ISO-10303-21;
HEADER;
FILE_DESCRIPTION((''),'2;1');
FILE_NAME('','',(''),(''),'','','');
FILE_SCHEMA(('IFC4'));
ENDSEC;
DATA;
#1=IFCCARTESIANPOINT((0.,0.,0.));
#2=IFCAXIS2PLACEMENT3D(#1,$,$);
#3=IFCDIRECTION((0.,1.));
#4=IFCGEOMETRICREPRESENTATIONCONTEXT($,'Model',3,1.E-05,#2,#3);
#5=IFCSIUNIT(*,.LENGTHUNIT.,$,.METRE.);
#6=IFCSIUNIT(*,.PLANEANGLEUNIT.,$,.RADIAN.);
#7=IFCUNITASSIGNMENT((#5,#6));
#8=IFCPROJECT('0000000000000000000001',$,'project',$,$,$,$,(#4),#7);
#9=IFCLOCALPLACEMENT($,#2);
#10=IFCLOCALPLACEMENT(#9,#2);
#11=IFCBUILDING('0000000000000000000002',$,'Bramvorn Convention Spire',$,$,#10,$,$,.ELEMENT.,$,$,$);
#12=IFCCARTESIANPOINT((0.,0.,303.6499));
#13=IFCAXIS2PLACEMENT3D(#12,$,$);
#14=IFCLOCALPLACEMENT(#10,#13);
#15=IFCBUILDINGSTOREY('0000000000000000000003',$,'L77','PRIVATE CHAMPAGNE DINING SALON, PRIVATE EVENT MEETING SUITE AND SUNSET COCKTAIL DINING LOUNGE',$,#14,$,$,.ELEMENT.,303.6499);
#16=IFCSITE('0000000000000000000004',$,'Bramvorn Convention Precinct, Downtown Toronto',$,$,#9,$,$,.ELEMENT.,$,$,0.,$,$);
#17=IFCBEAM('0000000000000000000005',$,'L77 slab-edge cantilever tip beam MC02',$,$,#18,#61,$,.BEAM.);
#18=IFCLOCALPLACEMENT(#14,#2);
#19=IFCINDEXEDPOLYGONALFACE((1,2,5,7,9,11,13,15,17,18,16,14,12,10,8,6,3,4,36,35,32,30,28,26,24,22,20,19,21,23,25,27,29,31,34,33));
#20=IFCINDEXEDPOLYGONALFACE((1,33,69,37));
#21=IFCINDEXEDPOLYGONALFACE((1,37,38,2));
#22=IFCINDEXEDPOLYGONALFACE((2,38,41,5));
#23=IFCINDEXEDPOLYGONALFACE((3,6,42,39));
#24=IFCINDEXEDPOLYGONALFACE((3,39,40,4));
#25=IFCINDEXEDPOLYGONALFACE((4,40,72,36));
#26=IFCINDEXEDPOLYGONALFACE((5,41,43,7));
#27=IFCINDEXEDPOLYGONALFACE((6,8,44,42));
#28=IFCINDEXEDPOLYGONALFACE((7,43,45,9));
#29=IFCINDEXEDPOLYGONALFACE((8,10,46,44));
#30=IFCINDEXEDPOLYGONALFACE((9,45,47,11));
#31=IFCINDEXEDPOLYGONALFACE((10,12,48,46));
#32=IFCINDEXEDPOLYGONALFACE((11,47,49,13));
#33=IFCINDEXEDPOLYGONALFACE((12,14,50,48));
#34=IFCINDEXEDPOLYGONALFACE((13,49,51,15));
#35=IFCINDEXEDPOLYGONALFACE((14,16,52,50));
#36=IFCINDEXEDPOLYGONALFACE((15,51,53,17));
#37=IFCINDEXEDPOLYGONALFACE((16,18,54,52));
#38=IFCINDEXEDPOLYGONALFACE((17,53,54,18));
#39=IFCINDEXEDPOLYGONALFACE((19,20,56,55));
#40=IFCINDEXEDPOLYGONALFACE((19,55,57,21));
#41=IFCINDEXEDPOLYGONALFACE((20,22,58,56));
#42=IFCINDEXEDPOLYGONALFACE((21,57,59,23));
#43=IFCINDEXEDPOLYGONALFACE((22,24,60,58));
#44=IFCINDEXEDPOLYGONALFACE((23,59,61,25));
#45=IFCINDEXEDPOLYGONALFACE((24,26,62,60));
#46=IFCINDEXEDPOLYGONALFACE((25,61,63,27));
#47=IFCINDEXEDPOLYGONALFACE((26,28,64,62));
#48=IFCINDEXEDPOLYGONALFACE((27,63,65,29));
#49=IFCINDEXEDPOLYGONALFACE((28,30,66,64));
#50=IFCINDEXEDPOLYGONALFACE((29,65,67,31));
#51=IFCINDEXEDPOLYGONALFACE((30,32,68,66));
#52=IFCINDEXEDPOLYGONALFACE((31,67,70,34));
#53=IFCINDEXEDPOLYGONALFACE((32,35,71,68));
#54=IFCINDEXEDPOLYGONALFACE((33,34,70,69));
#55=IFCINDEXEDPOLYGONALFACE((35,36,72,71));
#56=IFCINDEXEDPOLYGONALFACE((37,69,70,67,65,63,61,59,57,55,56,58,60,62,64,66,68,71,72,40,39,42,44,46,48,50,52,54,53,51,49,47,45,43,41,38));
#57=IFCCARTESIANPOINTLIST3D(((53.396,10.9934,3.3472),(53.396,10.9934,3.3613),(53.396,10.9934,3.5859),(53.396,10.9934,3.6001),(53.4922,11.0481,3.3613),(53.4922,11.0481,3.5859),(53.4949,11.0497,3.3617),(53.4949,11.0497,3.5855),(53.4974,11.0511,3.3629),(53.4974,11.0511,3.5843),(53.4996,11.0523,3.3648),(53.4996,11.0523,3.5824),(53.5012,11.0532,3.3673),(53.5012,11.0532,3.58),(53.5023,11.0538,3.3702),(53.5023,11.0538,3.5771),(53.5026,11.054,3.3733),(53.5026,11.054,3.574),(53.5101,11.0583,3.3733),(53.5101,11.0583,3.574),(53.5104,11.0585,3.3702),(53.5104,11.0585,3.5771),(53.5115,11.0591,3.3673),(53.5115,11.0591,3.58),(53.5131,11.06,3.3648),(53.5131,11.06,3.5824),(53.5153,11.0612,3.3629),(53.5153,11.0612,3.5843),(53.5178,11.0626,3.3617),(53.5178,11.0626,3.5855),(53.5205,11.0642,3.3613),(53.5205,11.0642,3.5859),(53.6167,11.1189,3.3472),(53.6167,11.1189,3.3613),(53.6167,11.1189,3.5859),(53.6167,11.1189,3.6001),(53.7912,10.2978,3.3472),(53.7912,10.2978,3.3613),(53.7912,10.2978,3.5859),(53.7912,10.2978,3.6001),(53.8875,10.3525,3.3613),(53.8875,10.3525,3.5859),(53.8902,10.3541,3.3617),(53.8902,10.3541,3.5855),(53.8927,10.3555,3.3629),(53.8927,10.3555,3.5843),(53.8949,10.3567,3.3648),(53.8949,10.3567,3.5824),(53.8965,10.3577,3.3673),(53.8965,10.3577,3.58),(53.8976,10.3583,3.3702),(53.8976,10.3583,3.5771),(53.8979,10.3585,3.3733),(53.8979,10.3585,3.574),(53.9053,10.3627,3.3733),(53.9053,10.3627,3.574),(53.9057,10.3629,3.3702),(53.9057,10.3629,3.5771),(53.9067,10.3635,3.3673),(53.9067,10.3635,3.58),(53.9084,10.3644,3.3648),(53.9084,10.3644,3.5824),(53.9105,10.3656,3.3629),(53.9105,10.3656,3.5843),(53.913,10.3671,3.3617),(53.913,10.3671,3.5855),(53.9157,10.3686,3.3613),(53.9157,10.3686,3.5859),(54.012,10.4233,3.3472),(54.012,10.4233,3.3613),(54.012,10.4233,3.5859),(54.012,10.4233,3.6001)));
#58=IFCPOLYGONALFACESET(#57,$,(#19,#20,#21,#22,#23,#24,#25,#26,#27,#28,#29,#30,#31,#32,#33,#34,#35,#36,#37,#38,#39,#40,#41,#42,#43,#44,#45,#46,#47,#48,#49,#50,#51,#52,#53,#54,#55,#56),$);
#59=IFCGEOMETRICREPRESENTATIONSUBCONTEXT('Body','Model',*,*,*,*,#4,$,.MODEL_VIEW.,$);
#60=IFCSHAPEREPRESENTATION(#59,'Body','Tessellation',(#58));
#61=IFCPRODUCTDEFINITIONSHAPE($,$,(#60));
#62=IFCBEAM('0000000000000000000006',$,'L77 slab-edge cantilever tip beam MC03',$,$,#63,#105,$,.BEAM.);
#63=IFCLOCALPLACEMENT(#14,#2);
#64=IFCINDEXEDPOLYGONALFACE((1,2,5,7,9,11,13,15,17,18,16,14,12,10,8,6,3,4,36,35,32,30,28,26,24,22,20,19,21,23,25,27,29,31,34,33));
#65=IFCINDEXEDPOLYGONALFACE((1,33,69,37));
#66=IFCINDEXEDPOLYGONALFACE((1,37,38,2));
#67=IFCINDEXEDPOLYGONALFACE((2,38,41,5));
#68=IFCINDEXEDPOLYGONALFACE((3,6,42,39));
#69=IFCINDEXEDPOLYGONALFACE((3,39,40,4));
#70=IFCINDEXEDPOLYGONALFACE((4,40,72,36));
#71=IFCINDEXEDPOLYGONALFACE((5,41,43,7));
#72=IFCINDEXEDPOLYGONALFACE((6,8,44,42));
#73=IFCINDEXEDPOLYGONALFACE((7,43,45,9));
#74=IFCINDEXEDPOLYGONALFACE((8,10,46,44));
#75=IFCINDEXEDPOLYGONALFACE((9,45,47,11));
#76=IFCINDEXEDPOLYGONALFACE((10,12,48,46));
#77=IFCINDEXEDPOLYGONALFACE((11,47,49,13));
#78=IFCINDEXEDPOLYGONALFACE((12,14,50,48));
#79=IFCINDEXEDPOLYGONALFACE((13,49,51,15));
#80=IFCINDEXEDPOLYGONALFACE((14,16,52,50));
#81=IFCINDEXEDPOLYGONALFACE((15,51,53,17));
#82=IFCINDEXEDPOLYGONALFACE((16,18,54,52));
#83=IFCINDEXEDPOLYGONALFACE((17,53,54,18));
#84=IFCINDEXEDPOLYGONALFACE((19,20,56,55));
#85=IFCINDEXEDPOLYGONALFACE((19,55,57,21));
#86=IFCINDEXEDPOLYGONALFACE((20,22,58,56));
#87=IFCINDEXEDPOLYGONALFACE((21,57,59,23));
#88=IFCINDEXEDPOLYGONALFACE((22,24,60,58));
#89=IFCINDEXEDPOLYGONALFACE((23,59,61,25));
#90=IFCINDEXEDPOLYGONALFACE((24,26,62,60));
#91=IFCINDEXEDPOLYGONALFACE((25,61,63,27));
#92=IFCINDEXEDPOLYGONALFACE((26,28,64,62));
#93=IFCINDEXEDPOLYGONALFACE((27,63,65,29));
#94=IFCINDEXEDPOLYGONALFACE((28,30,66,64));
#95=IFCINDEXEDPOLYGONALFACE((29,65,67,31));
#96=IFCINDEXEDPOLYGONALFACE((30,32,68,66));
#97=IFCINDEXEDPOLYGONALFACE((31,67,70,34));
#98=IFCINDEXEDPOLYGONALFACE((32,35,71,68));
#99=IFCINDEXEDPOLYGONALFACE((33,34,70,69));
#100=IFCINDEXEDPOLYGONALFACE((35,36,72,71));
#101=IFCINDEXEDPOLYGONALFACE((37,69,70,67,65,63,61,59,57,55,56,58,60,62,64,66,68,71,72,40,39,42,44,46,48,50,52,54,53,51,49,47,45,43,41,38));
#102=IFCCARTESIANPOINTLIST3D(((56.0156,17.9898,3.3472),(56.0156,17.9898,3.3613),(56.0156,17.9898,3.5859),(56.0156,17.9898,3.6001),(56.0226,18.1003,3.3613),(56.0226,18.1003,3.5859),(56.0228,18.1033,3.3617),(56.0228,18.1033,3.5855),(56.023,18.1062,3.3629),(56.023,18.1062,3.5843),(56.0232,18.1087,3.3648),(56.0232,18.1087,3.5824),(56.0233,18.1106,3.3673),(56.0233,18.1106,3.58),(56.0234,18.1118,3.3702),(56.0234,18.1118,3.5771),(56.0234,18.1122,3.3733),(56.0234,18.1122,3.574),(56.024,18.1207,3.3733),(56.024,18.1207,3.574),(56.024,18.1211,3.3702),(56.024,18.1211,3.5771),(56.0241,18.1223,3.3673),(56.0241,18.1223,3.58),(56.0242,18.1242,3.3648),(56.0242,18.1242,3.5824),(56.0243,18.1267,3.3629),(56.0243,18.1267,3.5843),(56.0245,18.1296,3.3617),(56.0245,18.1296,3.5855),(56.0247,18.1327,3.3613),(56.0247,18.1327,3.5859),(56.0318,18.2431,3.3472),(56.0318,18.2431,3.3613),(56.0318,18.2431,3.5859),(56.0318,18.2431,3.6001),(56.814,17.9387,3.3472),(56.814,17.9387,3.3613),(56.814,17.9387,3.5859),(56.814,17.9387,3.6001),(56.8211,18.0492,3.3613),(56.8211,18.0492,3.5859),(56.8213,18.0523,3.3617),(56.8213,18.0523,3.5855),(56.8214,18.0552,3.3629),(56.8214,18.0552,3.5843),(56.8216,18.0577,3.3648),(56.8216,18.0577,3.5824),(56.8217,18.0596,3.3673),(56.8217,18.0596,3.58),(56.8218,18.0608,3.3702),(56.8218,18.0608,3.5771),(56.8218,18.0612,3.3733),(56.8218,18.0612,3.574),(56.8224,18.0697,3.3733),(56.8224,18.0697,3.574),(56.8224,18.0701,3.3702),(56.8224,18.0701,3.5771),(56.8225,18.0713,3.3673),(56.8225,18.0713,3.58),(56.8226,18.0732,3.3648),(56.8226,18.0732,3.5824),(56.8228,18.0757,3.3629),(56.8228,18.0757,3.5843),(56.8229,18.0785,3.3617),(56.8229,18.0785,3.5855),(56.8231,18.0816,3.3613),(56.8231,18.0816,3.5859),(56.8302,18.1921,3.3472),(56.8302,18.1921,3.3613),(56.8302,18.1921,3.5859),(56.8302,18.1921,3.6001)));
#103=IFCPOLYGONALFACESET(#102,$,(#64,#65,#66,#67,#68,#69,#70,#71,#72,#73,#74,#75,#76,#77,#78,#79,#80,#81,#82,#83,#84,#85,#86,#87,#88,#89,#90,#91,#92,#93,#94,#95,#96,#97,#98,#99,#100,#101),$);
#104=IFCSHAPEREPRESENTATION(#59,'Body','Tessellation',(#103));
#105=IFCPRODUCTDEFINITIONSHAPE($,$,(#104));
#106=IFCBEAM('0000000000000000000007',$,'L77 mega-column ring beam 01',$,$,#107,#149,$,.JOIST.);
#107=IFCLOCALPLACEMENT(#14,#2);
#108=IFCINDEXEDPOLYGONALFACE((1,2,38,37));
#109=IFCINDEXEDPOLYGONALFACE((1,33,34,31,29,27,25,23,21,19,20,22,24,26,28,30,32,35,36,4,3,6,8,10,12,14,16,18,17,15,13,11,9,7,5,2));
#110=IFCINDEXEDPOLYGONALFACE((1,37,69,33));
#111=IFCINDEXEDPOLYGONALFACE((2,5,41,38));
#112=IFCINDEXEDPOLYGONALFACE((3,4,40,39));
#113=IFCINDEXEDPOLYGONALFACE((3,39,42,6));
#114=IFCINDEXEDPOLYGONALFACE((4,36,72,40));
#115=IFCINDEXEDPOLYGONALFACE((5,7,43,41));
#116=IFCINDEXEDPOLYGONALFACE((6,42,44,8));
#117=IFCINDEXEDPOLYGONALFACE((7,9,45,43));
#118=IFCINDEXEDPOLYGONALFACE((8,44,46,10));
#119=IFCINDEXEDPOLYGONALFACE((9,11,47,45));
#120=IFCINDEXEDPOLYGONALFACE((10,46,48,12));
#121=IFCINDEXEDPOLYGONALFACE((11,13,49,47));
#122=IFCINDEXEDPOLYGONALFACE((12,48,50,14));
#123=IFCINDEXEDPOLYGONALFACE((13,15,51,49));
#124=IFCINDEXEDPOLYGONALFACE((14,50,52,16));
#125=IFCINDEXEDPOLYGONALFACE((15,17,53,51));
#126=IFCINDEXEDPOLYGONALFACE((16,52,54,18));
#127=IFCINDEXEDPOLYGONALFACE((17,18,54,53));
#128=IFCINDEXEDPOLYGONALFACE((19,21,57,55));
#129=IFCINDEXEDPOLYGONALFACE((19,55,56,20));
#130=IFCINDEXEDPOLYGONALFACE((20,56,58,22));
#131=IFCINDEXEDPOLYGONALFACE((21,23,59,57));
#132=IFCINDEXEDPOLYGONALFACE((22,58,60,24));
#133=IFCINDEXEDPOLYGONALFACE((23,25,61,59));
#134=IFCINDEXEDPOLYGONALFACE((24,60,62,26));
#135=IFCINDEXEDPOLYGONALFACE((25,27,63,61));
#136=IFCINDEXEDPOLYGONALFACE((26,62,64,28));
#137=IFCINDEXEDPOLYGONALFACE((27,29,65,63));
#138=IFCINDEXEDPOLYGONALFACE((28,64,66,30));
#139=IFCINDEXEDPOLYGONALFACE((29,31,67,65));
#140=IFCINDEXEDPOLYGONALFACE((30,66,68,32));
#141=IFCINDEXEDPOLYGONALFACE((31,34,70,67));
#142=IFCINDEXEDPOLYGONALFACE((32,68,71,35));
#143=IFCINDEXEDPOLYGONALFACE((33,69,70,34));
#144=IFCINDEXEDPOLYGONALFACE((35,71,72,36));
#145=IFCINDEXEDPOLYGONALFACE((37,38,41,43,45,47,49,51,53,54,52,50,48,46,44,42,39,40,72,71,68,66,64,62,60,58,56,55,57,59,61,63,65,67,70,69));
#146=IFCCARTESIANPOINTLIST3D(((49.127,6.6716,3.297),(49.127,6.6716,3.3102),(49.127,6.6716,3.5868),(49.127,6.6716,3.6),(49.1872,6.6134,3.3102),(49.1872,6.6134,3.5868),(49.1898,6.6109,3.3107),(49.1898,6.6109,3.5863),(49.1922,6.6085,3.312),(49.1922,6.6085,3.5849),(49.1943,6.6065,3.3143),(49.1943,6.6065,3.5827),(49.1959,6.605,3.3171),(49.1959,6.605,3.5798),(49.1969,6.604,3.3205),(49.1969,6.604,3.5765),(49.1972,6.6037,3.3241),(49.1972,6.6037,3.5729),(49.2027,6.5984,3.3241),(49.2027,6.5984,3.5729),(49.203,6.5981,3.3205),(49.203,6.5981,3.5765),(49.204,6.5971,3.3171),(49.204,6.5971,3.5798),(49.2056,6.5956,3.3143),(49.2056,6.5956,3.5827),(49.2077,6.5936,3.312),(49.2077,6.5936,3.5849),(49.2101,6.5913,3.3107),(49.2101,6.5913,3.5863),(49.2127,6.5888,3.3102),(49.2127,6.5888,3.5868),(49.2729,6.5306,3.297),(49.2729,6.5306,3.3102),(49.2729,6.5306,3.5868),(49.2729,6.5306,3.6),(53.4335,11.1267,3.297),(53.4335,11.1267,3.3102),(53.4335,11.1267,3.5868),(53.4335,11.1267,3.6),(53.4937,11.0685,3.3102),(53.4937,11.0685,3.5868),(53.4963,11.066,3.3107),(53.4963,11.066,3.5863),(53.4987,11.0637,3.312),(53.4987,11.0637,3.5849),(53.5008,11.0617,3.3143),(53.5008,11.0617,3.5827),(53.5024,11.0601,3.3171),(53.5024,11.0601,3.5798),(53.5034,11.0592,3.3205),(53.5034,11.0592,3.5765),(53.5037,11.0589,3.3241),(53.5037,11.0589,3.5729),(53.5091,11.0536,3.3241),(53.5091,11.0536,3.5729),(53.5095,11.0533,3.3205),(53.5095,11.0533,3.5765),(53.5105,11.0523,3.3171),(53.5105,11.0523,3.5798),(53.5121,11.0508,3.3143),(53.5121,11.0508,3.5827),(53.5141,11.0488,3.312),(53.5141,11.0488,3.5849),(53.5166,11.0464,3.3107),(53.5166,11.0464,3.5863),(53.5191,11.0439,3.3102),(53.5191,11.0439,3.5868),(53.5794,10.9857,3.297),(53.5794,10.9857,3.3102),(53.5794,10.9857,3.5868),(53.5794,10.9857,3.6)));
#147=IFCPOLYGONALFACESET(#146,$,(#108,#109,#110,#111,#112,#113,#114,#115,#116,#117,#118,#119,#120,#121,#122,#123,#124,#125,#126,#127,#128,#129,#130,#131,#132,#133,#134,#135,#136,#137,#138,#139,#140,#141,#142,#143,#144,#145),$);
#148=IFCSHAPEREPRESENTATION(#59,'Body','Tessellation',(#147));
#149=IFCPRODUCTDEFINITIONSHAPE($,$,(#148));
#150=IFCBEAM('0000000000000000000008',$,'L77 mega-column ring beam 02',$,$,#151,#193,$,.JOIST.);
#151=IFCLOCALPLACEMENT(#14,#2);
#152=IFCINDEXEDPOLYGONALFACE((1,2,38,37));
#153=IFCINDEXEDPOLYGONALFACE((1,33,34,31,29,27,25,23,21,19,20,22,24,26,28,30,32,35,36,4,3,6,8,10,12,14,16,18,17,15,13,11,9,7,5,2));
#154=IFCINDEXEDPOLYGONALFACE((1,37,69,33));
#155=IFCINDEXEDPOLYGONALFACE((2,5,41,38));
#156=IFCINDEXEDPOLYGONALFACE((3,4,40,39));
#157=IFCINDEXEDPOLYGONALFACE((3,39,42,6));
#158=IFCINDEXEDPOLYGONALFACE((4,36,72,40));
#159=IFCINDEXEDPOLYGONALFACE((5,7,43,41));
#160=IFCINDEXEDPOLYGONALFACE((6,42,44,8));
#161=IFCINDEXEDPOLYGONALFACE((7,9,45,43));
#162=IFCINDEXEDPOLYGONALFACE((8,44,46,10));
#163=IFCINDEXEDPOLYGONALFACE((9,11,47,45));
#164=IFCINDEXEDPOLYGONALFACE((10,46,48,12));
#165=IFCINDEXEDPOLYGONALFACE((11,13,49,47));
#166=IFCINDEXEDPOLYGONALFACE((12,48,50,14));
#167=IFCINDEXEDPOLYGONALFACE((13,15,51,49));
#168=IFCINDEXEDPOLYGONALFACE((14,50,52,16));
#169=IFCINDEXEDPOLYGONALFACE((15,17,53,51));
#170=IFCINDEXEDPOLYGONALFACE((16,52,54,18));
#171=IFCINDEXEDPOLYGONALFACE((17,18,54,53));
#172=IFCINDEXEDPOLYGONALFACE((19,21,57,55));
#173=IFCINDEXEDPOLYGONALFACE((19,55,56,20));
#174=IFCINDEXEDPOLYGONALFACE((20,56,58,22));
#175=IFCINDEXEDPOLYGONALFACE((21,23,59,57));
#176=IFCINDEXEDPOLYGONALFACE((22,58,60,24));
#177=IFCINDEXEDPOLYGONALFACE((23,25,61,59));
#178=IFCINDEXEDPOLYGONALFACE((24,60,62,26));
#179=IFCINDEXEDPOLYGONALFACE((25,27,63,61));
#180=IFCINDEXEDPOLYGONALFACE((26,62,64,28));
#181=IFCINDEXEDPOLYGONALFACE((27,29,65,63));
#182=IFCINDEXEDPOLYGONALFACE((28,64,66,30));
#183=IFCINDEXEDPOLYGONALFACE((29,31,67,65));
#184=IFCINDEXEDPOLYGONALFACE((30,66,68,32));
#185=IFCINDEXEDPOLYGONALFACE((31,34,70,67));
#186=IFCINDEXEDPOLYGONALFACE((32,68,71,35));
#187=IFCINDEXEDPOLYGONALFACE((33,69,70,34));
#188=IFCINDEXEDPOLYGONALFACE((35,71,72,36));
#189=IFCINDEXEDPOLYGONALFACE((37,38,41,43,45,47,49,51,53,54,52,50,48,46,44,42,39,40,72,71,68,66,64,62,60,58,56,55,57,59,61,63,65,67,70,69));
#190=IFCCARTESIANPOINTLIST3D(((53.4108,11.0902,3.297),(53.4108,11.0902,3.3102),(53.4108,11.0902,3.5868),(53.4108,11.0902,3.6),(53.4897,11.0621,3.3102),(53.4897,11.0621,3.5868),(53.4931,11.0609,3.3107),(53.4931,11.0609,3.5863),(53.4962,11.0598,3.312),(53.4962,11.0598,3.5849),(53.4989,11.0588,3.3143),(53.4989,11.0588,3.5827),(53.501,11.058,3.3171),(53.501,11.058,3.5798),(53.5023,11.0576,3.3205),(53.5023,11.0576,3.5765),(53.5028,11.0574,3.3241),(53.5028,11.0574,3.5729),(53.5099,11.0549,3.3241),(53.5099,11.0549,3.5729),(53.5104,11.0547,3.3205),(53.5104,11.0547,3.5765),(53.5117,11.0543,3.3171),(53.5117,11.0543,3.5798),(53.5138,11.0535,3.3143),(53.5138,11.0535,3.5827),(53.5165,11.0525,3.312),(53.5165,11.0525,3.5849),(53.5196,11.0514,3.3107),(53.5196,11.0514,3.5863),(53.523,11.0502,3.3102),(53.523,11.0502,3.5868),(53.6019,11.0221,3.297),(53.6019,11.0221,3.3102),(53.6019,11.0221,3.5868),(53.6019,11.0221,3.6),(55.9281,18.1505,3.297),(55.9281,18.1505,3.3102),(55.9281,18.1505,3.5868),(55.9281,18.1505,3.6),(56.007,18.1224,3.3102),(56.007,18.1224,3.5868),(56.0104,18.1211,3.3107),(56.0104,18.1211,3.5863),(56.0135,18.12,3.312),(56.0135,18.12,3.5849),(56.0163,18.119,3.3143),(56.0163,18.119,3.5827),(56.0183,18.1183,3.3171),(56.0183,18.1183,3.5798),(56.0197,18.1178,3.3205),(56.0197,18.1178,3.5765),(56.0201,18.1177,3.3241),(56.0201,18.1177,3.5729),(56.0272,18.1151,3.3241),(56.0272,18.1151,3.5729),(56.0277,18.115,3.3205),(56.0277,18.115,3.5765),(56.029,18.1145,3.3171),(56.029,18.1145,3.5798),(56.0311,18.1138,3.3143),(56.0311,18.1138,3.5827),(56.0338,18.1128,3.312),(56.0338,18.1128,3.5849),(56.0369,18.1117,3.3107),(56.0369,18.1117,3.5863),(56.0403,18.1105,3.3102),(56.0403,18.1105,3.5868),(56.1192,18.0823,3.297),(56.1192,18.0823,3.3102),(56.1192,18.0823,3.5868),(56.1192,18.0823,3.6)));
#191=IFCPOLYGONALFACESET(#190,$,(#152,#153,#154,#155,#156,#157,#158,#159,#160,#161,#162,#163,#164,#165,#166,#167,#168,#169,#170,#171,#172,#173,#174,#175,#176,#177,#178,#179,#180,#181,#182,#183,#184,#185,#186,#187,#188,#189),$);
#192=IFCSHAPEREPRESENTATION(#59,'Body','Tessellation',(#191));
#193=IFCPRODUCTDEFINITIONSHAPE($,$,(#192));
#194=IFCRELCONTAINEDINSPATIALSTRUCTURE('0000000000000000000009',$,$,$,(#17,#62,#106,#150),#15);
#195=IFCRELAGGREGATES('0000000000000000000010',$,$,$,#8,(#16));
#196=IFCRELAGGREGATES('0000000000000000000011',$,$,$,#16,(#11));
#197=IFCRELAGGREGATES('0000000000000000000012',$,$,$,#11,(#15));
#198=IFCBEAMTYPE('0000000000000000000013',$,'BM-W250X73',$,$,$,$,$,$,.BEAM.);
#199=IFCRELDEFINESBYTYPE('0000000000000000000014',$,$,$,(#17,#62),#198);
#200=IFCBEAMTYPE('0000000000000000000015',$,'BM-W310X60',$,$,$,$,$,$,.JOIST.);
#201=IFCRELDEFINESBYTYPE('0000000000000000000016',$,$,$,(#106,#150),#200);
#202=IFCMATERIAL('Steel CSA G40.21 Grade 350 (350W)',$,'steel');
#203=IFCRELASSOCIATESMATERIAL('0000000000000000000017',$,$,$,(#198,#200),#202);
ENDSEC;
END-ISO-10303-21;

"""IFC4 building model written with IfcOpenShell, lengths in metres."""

from ifc_helpers import new_model, si_unit, direction, frame, origin, origin_2d, place, context, subcontext, project, spatial, i_section, extrude, material, material_profile, profile_set, type_object, element, save


model = new_model("IFC4")

# Units and contexts
model_context = context("Model", 3, precision=1e-05, world=origin(), true_north=direction((0.0, 1.0)))
body_context = subcontext(model_context, "Body", "Model", "MODEL_VIEW")
ifc_project = project(units=[si_unit("LENGTHUNIT", "METRE"), si_unit("PLANEANGLEUNIT", "RADIAN")], contexts=[model_context])

# Site, building, storey
site_placement = place(None, origin())
site = spatial("IfcSite", under=ifc_project, at=site_placement, Name="Bramvorn Convention Precinct, Downtown Toronto", CompositionType="ELEMENT", RefElevation=0.0)
building_placement = place(site_placement, origin())
building = spatial("IfcBuilding", under=site, at=building_placement, Name="Bramvorn Convention Spire", CompositionType="ELEMENT")
storey_placement = place(building_placement, frame((0.0, 0.0, 303.6499)))
storey = spatial("IfcBuildingStorey", under=building, at=storey_placement, Name="L77", Description="PRIVATE CHAMPAGNE DINING SALON, PRIVATE EVENT MEETING SUITE AND SUNSET COCKTAIL DINING LOUNGE", CompositionType="ELEMENT", Elevation=303.6499)

# Shared definitions
ifc_material_1 = material(Name="Steel CSA G40.21 Grade 350 (350W)", Category="steel")

# Beams
ifc_material_profile_1 = material_profile(ifc_material_1, i_section(OverallWidth=0.2539, OverallDepth=0.2529, WebThickness=0.0085, FlangeThickness=0.0142, FilletRadius=0.012, at=origin_2d()))
ifc_profile_set_1 = profile_set([ifc_material_profile_1], Name="Steel CSA G40.21 Grade 350 (350W) - W250X73")
beam_type_1 = type_object("IfcBeamType", Name="BM-W250X73", PredefinedType="BEAM", material=ifc_profile_set_1)
for number, where, z_axis, x_axis, name in (
    (1, (53.5063, 11.0562, 3.4736), (0.494067, -0.869424, 0.0), (0.869424, 0.494067, 0.0), "L77 slab-edge cantilever tip beam MC02"),
    (2, (56.0237, 18.1165, 3.4736), (0.997964, -0.063784, 0.0), (0.063784, 0.997964, 0.0), "L77 slab-edge cantilever tip beam MC03"),
):
    element("IfcBeam", number, at=place(storey_placement, frame(where, z_axis=z_axis, x_axis=x_axis)), inside=storey, type_object=beam_type_1, Name=name, PredefinedType="BEAM", context=body_context, shape_type="SweptSolid", body=[
        extrude(i_section(OverallWidth=0.2539, OverallDepth=0.2529, WebThickness=0.0085, FlangeThickness=0.0142, FilletRadius=0.012, at=origin_2d()), origin(), (0.0, 0.0, 1.0), 0.8),
    ])
ifc_material_profile_2 = material_profile(ifc_material_1, i_section(OverallWidth=0.2029, OverallDepth=0.303, WebThickness=0.0076, FlangeThickness=0.0132, FilletRadius=0.0139, at=origin_2d()))
ifc_profile_set_2 = profile_set([ifc_material_profile_2], Name="Steel CSA G40.21 Grade 350 (350W) - W310X60")
beam_type_2 = type_object("IfcBeamType", Name="BM-W310X60", PredefinedType="JOIST", material=ifc_profile_set_2)
beam_1_placement = place(storey_placement, frame((49.2, 6.6011, 3.4485), z_axis=(0.695007, 0.719003, 0.0), x_axis=(-0.719003, 0.695007, 0.0)))
element("IfcBeam", 3, at=beam_1_placement, inside=storey, type_object=beam_type_2, Name="L77 mega-column ring beam 01", PredefinedType="JOIST", context=body_context, shape_type="SweptSolid", body=[
    extrude(i_section(OverallWidth=0.2029, OverallDepth=0.303, WebThickness=0.0076, FlangeThickness=0.0132, FilletRadius=0.0139, at=origin_2d()), origin(), (0.0, 0.0, 1.0), 6.1963),
])
beam_2_placement = place(storey_placement, frame((53.5063, 11.0562, 3.4485), z_axis=(0.335839, 0.941919, 0.0), x_axis=(-0.941919, 0.335839, 0.0)))
element("IfcBeam", 4, at=beam_2_placement, inside=storey, type_object=beam_type_2, Name="L77 mega-column ring beam 02", PredefinedType="JOIST", context=body_context, shape_type="SweptSolid", body=[
    extrude(i_section(OverallWidth=0.2029, OverallDepth=0.303, WebThickness=0.0076, FlangeThickness=0.0132, FilletRadius=0.0139, at=origin_2d()), origin(), (0.0, 0.0, 1.0), 7.4956),
])

save(model, "model.ifc")
